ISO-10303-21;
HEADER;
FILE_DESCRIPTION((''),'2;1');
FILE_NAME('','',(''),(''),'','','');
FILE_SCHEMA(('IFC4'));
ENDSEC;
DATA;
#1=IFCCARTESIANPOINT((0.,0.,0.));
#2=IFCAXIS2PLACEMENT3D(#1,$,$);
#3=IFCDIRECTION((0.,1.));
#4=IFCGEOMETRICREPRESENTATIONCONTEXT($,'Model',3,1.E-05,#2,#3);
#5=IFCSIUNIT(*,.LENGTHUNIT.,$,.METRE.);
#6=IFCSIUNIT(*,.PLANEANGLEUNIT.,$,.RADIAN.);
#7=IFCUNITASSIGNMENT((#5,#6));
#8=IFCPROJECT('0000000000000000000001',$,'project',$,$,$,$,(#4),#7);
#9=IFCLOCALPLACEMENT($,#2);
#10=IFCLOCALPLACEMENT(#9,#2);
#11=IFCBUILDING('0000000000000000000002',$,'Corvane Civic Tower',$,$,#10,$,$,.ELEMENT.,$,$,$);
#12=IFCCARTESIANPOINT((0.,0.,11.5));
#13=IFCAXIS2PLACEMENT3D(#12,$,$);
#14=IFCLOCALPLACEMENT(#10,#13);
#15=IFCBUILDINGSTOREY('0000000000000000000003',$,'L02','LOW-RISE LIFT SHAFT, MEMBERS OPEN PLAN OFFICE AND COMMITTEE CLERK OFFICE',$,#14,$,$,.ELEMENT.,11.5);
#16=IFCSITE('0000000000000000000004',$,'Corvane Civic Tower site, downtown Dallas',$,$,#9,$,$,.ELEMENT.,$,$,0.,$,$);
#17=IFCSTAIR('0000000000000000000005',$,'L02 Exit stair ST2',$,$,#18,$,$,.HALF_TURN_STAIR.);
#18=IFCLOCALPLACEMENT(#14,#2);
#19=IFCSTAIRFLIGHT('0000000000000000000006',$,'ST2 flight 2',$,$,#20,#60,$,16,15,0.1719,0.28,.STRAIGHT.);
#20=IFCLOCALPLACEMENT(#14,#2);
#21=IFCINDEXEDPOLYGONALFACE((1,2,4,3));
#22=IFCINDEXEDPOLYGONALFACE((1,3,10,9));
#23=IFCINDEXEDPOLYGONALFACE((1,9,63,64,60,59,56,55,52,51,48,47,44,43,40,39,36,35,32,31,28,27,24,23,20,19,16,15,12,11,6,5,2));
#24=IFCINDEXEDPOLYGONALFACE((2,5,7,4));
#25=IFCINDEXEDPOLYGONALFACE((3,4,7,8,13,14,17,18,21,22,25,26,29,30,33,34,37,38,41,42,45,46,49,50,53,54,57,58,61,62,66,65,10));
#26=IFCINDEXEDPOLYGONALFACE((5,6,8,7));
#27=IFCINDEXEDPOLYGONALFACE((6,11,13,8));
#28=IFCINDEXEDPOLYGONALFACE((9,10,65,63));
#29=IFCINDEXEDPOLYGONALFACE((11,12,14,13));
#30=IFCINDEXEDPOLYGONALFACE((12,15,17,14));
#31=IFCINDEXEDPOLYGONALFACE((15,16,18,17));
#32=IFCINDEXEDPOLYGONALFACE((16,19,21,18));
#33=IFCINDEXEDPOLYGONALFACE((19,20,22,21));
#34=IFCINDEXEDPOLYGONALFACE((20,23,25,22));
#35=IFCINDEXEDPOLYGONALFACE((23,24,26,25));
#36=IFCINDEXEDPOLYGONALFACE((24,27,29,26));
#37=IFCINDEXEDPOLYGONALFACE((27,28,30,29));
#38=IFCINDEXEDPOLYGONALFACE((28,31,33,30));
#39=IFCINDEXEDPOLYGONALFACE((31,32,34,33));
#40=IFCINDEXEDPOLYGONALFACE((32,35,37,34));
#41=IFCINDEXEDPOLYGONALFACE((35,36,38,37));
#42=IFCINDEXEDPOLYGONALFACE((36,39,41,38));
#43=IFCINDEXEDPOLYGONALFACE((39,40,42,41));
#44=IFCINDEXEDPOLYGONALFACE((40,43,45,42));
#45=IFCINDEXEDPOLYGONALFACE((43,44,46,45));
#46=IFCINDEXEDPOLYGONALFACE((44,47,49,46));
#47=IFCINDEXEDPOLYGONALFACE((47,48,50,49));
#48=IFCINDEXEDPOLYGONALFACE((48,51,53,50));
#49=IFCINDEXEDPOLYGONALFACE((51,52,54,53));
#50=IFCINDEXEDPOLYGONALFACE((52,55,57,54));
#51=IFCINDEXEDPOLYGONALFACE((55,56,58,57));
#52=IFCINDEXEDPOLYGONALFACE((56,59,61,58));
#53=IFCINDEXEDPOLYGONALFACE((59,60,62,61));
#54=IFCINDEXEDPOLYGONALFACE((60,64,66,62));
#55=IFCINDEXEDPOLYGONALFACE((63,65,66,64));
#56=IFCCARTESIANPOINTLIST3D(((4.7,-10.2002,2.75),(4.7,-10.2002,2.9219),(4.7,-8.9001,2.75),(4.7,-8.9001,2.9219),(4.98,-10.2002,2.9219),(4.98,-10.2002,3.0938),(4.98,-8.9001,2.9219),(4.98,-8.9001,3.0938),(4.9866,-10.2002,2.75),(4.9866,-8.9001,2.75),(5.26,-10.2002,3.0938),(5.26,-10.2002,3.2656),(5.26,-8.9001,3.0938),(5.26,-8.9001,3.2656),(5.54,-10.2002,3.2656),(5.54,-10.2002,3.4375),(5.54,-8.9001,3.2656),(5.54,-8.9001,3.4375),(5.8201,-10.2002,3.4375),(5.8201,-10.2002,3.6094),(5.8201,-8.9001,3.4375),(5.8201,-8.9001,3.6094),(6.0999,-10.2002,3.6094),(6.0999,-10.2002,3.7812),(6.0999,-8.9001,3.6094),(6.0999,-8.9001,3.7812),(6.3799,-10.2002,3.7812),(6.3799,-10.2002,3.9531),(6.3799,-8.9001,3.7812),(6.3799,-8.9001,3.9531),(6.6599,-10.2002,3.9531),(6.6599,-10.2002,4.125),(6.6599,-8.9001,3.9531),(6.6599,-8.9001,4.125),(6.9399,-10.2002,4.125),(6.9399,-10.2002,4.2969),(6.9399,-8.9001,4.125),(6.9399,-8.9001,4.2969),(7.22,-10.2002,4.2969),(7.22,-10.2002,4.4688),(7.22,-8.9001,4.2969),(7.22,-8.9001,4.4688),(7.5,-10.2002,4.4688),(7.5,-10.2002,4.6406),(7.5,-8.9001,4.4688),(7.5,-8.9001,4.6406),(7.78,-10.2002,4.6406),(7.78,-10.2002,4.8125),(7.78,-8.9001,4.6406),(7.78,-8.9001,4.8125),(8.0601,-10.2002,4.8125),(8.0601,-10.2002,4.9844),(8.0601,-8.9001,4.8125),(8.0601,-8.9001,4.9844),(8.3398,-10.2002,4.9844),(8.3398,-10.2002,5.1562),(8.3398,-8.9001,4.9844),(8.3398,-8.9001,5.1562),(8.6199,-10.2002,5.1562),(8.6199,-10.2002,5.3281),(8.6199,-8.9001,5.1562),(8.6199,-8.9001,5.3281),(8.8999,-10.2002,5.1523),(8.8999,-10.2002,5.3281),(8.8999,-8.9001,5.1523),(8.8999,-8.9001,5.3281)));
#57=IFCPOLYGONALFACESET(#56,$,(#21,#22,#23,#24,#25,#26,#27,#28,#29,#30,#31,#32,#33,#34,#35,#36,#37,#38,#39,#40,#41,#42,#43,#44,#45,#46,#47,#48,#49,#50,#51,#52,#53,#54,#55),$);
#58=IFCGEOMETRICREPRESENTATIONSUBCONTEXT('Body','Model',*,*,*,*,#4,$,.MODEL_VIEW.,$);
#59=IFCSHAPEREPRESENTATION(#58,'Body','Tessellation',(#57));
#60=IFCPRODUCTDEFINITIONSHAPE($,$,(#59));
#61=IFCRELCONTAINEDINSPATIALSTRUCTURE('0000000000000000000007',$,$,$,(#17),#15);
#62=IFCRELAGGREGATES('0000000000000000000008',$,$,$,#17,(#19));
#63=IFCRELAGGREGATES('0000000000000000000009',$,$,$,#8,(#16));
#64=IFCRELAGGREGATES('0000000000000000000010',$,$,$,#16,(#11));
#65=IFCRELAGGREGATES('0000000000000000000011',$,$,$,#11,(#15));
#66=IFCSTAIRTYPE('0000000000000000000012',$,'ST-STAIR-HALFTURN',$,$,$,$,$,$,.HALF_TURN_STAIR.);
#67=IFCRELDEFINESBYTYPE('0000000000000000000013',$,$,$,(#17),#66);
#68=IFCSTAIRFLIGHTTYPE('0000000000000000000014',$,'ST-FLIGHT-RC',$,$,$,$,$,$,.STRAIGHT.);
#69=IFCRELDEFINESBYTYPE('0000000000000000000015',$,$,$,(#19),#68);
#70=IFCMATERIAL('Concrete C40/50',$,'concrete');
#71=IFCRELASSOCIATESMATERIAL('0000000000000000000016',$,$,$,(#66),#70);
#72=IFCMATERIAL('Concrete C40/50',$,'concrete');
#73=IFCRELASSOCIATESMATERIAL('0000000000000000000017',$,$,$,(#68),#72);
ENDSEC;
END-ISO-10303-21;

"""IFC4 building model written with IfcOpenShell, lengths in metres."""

from ifc_helpers import new_model, si_unit, direction, frame, origin, place, context, subcontext, project, spatial, polyline, outline, extrude, material, type_object, element, aggregate, save


model = new_model("IFC4")

# Units and contexts
model_context = context("Model", 3, precision=1e-05, world=origin(), true_north=direction((0.0, 1.0)))
body_context = subcontext(model_context, "Body", "Model", "MODEL_VIEW")
ifc_project = project(units=[si_unit("LENGTHUNIT", "METRE"), si_unit("PLANEANGLEUNIT", "RADIAN")], contexts=[model_context])

# Site, building, storey
site_placement = place(None, origin())
site = spatial("IfcSite", under=ifc_project, at=site_placement, Name="Corvane Civic Tower site, downtown Dallas", CompositionType="ELEMENT", RefElevation=0.0)
building_placement = place(site_placement, origin())
building = spatial("IfcBuilding", under=site, at=building_placement, Name="Corvane Civic Tower", CompositionType="ELEMENT")
storey_placement = place(building_placement, frame((0.0, 0.0, 11.5)))
storey = spatial("IfcBuildingStorey", under=building, at=storey_placement, Name="L02", Description="LOW-RISE LIFT SHAFT, MEMBERS OPEN PLAN OFFICE AND COMMITTEE CLERK OFFICE", CompositionType="ELEMENT", Elevation=11.5)

# Stair, stair flight
ifc_material_1 = material(Name="Concrete C40/50", Category="concrete")
stair_type = type_object("IfcStairType", Name="ST-STAIR-HALFTURN", PredefinedType="HALF_TURN_STAIR", material=ifc_material_1)
stair_placement = place(storey_placement, origin())
stair = element("IfcStair", 1, at=stair_placement, inside=storey, type_object=stair_type, Name="L02 Exit stair ST2", PredefinedType="HALF_TURN_STAIR")
ifc_material_2 = material(Name="Concrete C40/50", Category="concrete")
stair_flight_type = type_object("IfcStairFlightType", Name="ST-FLIGHT-RC", PredefinedType="STRAIGHT", material=ifc_material_2)
stair_flight_1_placement = place(storey_placement, frame((4.7, -9.55, 2.75), z_axis=(0.0, 0.0, 1.0), x_axis=(1.0, 0.0, 0.0)))
stair_flight_1 = element("IfcStairFlight", 2, at=stair_flight_1_placement, type_object=stair_flight_type, Name="ST2 flight 2", NumberOfRisers=16, NumberOfTreads=15, PredefinedType="STRAIGHT", RiserHeight=0.1719, TreadLength=0.28, context=body_context, shape_type="SweptSolid", body=[
    extrude(outline(polyline([(0.0, 0.0), (0.0, 0.1719), (0.28, 0.1719), (0.28, 0.3438), (0.5601, 0.3438), (0.5601, 0.5156), (0.8401, 0.5156), (0.8401, 0.6875), (1.1201, 0.6875), (1.1201, 0.8594), (1.3999, 0.8594), (1.3999, 1.0312), (1.6799, 1.0312), (1.6799, 1.2031), (1.96, 1.2031), (1.96, 1.375), (2.24, 1.375), (2.24, 1.5469), (2.52, 1.5469), (2.52, 1.7188), (2.8, 1.7188), (2.8, 1.8906), (3.0801, 1.8906), (3.0801, 2.0625), (3.3601, 2.0625), (3.3601, 2.2344), (3.6399, 2.2344), (3.6399, 2.4062), (3.9199, 2.4062), (3.9199, 2.5781), (4.2, 2.5781), (4.2, 2.75), (4.2, 2.4023), (0.2866, 0.0), (0.0, 0.0)])), frame((0.0, 0.6499, 0.0), z_axis=(0.0, -1.0, 0.0), x_axis=(1.0, 0.0, 0.0)), (0.0, 0.0, 1.0), 1.3),
])
aggregate(stair, [stair_flight_1])

save(model, "model.ifc")
